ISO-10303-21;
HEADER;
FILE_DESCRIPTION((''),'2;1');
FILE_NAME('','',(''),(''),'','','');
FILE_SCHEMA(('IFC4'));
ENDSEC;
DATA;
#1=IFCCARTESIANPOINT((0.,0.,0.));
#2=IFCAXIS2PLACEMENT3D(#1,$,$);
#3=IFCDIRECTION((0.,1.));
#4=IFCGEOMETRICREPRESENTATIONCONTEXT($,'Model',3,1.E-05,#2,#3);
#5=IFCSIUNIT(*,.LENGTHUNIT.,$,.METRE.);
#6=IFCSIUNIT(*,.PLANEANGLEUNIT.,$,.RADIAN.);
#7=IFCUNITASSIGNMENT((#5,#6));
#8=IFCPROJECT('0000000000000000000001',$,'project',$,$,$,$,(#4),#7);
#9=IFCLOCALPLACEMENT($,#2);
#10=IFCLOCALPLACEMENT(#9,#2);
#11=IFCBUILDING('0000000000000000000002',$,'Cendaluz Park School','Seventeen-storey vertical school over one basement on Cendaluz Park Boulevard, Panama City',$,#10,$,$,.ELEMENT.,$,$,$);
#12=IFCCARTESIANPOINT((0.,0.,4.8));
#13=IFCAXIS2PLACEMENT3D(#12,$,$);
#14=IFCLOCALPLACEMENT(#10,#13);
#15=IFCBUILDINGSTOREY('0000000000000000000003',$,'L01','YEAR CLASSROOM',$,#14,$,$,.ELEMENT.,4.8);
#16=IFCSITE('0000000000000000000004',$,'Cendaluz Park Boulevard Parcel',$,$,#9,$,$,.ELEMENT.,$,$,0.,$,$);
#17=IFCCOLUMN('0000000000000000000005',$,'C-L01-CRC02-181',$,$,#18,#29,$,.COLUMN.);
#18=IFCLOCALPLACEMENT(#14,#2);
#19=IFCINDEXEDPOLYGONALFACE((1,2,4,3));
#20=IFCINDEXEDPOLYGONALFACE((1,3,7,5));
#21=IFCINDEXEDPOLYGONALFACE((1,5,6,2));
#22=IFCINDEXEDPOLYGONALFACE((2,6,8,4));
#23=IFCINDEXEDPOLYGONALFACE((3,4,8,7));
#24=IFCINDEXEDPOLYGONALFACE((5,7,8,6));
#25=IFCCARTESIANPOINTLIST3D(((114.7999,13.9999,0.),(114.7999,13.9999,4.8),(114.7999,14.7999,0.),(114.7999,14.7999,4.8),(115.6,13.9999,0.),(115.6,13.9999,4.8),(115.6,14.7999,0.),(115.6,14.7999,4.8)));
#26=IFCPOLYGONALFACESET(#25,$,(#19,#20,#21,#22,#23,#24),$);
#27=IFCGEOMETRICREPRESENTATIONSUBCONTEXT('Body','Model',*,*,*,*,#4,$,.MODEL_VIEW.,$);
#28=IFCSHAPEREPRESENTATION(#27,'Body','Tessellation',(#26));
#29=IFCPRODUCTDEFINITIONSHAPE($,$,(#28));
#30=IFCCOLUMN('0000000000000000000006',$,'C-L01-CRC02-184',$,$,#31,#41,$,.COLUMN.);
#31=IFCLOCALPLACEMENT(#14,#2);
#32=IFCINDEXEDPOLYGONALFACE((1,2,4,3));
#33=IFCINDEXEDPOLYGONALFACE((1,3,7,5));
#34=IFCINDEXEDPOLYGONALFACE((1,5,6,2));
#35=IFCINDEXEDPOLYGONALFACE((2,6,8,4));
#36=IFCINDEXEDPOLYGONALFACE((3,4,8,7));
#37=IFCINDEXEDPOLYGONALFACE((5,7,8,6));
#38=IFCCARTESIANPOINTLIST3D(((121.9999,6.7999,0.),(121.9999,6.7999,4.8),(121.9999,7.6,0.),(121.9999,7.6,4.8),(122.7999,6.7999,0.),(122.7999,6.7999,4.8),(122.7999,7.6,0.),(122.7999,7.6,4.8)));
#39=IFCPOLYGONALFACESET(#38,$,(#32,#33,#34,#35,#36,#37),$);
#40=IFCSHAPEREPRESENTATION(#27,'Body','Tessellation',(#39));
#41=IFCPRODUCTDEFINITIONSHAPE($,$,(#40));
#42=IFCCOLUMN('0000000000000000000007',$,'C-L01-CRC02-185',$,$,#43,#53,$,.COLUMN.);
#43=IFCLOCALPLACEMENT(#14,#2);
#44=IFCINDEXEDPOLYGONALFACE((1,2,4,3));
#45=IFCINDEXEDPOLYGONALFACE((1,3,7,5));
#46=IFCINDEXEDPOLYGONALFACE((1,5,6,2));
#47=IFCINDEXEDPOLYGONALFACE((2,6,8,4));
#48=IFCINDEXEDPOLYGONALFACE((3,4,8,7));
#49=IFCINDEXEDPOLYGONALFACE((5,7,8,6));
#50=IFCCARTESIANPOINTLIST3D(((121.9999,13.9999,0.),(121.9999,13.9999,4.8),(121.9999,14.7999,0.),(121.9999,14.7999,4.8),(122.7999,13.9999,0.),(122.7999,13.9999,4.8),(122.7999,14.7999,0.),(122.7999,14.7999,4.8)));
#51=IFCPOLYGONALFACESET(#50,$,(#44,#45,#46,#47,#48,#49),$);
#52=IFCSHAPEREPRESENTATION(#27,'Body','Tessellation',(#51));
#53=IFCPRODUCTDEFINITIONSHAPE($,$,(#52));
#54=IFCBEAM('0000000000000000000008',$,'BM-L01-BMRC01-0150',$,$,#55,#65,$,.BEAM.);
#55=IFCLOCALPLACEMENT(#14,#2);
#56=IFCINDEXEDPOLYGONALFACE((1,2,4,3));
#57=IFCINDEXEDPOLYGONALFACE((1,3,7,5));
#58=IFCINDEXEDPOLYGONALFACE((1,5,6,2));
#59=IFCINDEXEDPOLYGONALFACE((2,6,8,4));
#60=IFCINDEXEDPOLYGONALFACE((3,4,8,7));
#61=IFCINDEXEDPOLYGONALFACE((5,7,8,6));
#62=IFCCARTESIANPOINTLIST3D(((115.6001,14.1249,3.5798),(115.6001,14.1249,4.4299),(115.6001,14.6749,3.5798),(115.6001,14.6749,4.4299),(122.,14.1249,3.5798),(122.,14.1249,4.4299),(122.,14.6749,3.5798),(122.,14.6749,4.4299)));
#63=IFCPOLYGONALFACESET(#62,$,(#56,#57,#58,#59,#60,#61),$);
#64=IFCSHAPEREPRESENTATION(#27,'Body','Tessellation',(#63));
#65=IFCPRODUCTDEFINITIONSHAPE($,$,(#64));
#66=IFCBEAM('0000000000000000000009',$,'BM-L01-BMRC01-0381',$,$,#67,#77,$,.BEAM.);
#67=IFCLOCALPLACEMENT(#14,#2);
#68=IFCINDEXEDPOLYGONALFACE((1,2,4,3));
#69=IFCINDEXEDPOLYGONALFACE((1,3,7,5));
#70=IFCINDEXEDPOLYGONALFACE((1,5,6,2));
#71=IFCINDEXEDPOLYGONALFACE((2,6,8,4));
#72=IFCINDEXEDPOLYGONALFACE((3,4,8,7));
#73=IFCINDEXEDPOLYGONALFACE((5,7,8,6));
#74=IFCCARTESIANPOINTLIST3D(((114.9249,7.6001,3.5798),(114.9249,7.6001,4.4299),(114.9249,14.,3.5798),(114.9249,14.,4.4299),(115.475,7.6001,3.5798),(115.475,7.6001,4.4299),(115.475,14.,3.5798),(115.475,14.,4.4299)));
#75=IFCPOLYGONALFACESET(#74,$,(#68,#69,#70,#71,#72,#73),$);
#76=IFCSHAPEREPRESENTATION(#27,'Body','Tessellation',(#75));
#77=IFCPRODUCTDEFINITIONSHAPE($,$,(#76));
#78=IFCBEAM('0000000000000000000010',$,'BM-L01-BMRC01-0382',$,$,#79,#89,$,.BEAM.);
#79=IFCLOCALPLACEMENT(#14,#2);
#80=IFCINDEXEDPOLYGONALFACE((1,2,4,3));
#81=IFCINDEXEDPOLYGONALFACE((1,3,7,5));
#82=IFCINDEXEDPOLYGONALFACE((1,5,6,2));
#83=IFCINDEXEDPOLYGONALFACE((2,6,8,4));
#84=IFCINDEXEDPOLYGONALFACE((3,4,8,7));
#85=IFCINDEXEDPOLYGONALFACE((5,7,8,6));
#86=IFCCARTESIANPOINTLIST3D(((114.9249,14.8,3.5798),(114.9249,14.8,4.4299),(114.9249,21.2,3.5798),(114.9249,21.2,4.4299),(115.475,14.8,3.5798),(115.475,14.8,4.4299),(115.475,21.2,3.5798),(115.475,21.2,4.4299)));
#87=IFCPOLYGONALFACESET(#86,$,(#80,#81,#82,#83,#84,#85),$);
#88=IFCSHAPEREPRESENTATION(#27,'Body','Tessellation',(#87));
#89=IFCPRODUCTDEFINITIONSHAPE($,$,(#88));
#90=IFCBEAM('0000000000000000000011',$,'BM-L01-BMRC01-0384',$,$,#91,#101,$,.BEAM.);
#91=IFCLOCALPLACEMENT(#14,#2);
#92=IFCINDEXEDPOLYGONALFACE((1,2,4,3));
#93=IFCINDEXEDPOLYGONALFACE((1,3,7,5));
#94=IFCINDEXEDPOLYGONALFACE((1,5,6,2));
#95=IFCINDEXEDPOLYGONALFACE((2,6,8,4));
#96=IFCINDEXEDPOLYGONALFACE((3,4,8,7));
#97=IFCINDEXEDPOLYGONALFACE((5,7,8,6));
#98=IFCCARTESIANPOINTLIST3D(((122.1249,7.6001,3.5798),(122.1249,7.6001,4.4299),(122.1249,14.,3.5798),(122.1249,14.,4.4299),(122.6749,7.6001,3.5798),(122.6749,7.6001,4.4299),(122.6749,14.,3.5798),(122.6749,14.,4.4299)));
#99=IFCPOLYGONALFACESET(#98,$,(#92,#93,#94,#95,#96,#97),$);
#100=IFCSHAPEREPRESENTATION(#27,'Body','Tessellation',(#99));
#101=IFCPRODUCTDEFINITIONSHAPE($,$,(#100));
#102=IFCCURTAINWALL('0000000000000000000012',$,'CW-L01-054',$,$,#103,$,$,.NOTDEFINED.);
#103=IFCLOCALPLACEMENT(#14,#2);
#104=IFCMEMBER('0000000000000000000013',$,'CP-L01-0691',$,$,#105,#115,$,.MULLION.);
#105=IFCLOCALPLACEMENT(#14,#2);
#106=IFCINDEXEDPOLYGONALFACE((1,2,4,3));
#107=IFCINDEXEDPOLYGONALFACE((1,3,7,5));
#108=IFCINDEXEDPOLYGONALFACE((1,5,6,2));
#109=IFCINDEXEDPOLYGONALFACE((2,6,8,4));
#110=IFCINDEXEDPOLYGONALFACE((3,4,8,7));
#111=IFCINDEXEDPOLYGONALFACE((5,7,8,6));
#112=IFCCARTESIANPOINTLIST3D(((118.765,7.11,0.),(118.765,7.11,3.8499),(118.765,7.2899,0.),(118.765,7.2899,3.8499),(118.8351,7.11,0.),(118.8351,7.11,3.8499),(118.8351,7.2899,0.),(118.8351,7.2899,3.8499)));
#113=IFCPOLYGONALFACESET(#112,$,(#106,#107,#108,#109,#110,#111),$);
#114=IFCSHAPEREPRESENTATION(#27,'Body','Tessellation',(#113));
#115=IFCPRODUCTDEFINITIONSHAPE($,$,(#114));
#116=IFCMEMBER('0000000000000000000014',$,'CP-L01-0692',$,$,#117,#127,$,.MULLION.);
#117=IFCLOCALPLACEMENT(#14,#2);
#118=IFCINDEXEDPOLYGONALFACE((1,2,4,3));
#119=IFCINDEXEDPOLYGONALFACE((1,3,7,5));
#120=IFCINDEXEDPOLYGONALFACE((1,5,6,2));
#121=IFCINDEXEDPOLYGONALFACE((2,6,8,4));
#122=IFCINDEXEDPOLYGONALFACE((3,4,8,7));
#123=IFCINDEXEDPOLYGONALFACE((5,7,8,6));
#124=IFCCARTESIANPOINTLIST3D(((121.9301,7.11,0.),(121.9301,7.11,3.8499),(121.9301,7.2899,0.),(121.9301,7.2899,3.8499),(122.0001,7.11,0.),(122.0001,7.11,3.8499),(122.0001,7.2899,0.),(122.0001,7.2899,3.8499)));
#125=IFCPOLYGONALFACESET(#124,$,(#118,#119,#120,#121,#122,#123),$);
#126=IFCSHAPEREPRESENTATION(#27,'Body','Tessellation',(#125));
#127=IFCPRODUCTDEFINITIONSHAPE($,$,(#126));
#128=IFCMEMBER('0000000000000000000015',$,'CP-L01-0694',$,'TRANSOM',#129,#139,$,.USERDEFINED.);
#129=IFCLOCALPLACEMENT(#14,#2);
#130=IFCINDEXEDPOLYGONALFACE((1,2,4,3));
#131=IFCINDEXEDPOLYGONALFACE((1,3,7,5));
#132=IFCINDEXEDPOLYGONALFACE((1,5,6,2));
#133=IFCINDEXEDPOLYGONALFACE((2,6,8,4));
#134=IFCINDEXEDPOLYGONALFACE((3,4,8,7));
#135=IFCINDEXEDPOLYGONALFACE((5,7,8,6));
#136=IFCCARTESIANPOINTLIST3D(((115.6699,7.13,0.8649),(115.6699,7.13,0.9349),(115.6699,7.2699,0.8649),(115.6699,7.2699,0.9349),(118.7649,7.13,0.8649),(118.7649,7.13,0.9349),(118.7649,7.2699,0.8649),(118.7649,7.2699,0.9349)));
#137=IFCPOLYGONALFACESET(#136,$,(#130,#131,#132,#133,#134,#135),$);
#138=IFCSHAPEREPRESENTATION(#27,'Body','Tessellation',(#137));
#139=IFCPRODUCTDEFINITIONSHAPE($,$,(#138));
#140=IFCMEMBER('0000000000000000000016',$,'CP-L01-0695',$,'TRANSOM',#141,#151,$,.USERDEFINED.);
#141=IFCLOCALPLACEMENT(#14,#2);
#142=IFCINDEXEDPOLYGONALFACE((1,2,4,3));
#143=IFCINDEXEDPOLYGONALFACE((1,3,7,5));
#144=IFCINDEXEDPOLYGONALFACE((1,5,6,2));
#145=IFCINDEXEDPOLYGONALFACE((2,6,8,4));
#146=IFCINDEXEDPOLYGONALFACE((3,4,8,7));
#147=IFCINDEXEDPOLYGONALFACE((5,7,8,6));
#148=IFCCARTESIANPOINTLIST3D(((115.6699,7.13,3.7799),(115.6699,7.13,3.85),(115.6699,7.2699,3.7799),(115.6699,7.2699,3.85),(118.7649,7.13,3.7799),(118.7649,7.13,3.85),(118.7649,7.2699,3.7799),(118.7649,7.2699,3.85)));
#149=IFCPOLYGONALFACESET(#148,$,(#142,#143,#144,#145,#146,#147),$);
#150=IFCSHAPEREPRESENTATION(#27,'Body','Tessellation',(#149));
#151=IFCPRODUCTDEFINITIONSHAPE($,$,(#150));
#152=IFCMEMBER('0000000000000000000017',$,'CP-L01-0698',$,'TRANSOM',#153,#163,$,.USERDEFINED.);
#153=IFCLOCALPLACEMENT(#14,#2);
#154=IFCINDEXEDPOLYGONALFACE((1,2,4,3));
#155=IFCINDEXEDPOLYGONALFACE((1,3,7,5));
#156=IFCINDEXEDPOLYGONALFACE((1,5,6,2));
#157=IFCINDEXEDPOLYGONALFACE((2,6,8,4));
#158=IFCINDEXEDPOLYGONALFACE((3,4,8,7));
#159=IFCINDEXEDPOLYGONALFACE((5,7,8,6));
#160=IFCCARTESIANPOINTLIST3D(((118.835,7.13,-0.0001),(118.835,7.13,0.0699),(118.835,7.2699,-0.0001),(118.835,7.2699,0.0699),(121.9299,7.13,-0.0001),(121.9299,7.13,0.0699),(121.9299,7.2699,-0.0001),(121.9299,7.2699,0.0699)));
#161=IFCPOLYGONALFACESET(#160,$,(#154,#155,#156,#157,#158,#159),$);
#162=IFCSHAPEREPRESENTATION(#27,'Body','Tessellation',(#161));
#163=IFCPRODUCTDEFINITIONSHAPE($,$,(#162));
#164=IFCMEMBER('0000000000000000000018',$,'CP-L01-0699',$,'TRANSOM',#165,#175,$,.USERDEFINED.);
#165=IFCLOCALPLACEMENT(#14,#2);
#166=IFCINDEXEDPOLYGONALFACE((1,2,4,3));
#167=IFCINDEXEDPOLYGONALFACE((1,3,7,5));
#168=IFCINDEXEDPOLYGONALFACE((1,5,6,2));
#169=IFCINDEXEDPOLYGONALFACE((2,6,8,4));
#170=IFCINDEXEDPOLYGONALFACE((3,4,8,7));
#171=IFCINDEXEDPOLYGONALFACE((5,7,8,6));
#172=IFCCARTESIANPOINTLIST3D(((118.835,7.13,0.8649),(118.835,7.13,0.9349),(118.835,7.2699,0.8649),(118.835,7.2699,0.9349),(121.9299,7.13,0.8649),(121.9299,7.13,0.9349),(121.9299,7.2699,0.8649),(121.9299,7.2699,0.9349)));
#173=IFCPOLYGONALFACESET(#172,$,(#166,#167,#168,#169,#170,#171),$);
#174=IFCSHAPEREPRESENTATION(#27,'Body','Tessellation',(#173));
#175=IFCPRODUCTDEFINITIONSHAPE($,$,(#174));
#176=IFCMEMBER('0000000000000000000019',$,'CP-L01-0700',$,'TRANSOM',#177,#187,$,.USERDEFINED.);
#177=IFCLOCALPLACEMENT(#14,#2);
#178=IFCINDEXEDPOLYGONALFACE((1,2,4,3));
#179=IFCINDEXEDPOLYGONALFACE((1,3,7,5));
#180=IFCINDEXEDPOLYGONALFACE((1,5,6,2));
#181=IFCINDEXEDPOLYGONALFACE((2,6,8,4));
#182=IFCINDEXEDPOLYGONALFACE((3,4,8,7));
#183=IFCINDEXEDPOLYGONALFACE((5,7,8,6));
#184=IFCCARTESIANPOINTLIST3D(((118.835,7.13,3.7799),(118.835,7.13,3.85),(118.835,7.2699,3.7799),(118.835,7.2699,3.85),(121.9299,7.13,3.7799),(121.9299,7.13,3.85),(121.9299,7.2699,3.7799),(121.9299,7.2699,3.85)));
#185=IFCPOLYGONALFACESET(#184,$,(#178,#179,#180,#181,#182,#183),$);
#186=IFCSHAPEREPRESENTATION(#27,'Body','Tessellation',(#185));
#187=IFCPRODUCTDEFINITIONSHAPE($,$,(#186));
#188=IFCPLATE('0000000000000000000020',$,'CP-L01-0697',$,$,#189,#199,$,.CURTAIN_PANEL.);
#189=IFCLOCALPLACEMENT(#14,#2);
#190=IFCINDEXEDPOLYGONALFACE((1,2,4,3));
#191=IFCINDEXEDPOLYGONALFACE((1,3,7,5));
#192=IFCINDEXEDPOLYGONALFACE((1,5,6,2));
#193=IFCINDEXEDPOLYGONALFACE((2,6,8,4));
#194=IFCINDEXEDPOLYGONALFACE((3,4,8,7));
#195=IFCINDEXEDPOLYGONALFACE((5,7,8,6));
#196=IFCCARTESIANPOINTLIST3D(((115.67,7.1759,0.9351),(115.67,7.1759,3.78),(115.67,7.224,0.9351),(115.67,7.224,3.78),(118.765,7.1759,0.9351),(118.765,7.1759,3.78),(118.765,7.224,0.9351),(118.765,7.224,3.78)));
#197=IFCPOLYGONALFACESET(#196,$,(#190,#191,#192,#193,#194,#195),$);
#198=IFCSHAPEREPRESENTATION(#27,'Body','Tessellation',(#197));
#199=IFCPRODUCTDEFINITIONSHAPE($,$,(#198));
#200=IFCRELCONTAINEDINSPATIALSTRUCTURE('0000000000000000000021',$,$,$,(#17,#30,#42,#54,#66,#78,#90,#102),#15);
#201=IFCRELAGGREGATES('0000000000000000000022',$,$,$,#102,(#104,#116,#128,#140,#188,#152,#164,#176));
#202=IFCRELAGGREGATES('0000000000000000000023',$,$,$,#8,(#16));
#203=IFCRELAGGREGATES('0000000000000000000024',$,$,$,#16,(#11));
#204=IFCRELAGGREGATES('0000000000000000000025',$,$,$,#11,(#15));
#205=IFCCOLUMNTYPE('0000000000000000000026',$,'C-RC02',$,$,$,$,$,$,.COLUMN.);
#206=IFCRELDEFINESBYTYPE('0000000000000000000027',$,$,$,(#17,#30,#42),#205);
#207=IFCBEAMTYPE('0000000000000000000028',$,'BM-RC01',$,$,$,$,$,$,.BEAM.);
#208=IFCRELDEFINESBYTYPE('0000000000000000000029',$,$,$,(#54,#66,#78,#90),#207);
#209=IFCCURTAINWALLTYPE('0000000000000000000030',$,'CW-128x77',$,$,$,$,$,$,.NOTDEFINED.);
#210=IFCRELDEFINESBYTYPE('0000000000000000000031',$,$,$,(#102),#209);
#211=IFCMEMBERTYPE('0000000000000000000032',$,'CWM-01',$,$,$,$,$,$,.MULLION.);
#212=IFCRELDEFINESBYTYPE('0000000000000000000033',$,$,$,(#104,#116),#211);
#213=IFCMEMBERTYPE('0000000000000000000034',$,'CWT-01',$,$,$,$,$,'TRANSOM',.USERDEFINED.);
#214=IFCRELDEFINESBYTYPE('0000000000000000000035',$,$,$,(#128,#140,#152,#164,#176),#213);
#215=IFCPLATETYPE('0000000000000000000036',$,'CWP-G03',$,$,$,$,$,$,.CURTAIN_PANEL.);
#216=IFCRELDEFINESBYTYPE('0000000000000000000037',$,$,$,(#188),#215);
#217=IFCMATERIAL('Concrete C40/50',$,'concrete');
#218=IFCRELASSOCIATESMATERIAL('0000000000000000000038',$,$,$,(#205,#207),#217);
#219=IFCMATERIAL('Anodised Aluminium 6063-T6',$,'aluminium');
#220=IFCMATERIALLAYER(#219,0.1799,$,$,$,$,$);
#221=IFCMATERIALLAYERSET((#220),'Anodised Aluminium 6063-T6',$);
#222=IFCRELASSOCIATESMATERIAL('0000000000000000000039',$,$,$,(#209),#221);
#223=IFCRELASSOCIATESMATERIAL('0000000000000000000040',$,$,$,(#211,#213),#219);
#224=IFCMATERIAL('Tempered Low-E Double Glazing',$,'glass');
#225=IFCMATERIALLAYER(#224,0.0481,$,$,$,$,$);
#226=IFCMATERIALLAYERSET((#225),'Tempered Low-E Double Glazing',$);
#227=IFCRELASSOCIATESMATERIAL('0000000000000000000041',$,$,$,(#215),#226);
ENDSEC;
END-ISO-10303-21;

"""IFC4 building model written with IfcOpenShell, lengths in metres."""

from ifc_helpers import new_model, si_unit, direction, frame, origin, origin_2d, place, context, subcontext, project, spatial, rectangle, extrude, material, layer, layer_set, material_profile, profile_set, type_object, element, aggregate, save


model = new_model("IFC4")

# Units and contexts
model_context = context("Model", 3, precision=1e-05, world=origin(), true_north=direction((0.0, 1.0)))
body_context = subcontext(model_context, "Body", "Model", "MODEL_VIEW")
ifc_project = project(units=[si_unit("LENGTHUNIT", "METRE"), si_unit("PLANEANGLEUNIT", "RADIAN")], contexts=[model_context])

# Site, building, storey
site_placement = place(None, origin())
site = spatial("IfcSite", under=ifc_project, at=site_placement, Name="Cendaluz Park Boulevard Parcel", CompositionType="ELEMENT", RefElevation=0.0)
building_placement = place(site_placement, origin())
building = spatial("IfcBuilding", under=site, at=building_placement, Name="Cendaluz Park School", Description="Seventeen-storey vertical school over one basement on Cendaluz Park Boulevard, Panama City", CompositionType="ELEMENT")
storey_placement = place(building_placement, frame((0.0, 0.0, 4.8)))
storey = spatial("IfcBuildingStorey", under=building, at=storey_placement, Name="L01", Description="YEAR CLASSROOM", CompositionType="ELEMENT", Elevation=4.8)

# Columns
ifc_material_1 = material(Name="Concrete C40/50", Category="concrete")
ifc_material_profile_1 = material_profile(ifc_material_1, rectangle(XDim=0.8, YDim=0.8, at=origin_2d()), Name="RC 800x800", Category="concrete")
ifc_profile_set_1 = profile_set([ifc_material_profile_1], Name="Concrete C40/50")
column_type = type_object("IfcColumnType", Name="C-RC02", PredefinedType="COLUMN", material=ifc_profile_set_1)
for number, where, z_axis, x_axis, name in (
    (1, (115.2, 14.3999, 0.0), (0.0, 0.0, 1.0), (1.0, 0.0, 0.0), "C-L01-CRC02-181"),
    (2, (122.3999, 7.2, 0.0), (0.0, 0.0, 1.0), (1.0, 0.0, 0.0), "C-L01-CRC02-184"),
    (3, (122.3999, 14.3999, 0.0), (0.0, 0.0, 1.0), (1.0, 0.0, 0.0), "C-L01-CRC02-185"),
):
    element("IfcColumn", number, at=place(storey_placement, frame(where, z_axis=z_axis, x_axis=x_axis)), inside=storey, type_object=column_type, Name=name, PredefinedType="COLUMN", context=body_context, shape_type="SweptSolid", body=[
        extrude(rectangle(XDim=0.8, YDim=0.8, at=origin_2d()), origin(), (0.0, 0.0, 1.0), 4.8),
    ])

# Beams
ifc_material_profile_2 = material_profile(ifc_material_1, rectangle(XDim=0.55, YDim=0.8501, at=origin_2d()), Name="RC 550x850", Category="concrete")
ifc_profile_set_2 = profile_set([ifc_material_profile_2], Name="Concrete C40/50")
beam_type = type_object("IfcBeamType", Name="BM-RC01", PredefinedType="BEAM", material=ifc_profile_set_2)
for number, where, z_axis, x_axis, name in (
    (4, (115.6001, 14.3999, 4.0049), (1.0, 0.0, 0.0), (0.0, 1.0, 0.0), "BM-L01-BMRC01-0150"),
    (5, (115.2, 7.6001, 4.0049), (0.0, 1.0, 0.0), (-1.0, 0.0, 0.0), "BM-L01-BMRC01-0381"),
    (6, (115.2, 14.8, 4.0049), (0.0, 1.0, 0.0), (-1.0, 0.0, 0.0), "BM-L01-BMRC01-0382"),
    (7, (122.3999, 7.6001, 4.0049), (0.0, 1.0, 0.0), (-1.0, 0.0, 0.0), "BM-L01-BMRC01-0384"),
):
    element("IfcBeam", number, at=place(storey_placement, frame(where, z_axis=z_axis, x_axis=x_axis)), inside=storey, type_object=beam_type, Name=name, PredefinedType="BEAM", context=body_context, shape_type="SweptSolid", body=[
        extrude(rectangle(XDim=0.55, YDim=0.8501, at=origin_2d()), origin(), (0.0, 0.0, 1.0), 6.3999),
    ])

# Curtain wall, members, plate
ifc_material_2 = material(Name="Anodised Aluminium 6063-T6", Category="aluminium")
ifc_layer_1 = layer(ifc_material_2, 0.1799)
ifc_layer_set_1 = layer_set([ifc_layer_1], Name="Anodised Aluminium 6063-T6")
curtain_wall_type = type_object("IfcCurtainWallType", Name="CW-128x77", PredefinedType="NOTDEFINED", material=ifc_layer_set_1)
curtain_wall_placement = place(storey_placement, origin())
curtain_wall = element("IfcCurtainWall", 8, at=curtain_wall_placement, inside=storey, type_object=curtain_wall_type, Name="CW-L01-054", PredefinedType="NOTDEFINED")
ifc_material_profile_3 = material_profile(ifc_material_2, rectangle(XDim=0.1799, YDim=0.0701, at=origin_2d()), Name="CWM 180x70", Category="aluminium")
ifc_profile_set_3 = profile_set([ifc_material_profile_3], Name="Anodised Aluminium 6063-T6")
member_type_1 = type_object("IfcMemberType", Name="CWM-01", PredefinedType="MULLION", material=ifc_profile_set_3)
member_1_placement = place(storey_placement, frame((118.8, 7.2, 0.0), z_axis=(0.0, 0.0, 1.0), x_axis=(0.0, 1.0, 0.0)))
member_1 = element("IfcMember", 9, at=member_1_placement, type_object=member_type_1, Name="CP-L01-0691", PredefinedType="MULLION", context=body_context, shape_type="SweptSolid", body=[
    extrude(rectangle(XDim=0.1799, YDim=0.0701, at=origin_2d()), origin(), (0.0, 0.0, 1.0), 3.8499),
])
member_2_placement = place(storey_placement, frame((121.9651, 7.2, 0.0), z_axis=(0.0, 0.0, 1.0), x_axis=(0.0, 1.0, 0.0)))
member_2 = element("IfcMember", 10, at=member_2_placement, type_object=member_type_1, Name="CP-L01-0692", PredefinedType="MULLION", context=body_context, shape_type="SweptSolid", body=[
    extrude(rectangle(XDim=0.1799, YDim=0.0701, at=origin_2d()), origin(), (0.0, 0.0, 1.0), 3.8499),
])
ifc_material_profile_4 = material_profile(ifc_material_2, rectangle(XDim=0.1399, YDim=0.0701, at=origin_2d()), Name="CWT 140x70", Category="aluminium")
ifc_profile_set_4 = profile_set([ifc_material_profile_4], Name="Anodised Aluminium 6063-T6")
member_type_2 = type_object("IfcMemberType", Name="CWT-01", ElementType="TRANSOM", PredefinedType="USERDEFINED", material=ifc_profile_set_4)
member_3_placement = place(storey_placement, frame((115.6699, 7.2, 0.8999), z_axis=(1.0, 0.0, 0.0), x_axis=(0.0, 1.0, 0.0)))
member_3 = element("IfcMember", 11, at=member_3_placement, type_object=member_type_2, Name="CP-L01-0694", ObjectType="TRANSOM", PredefinedType="USERDEFINED", context=body_context, shape_type="SweptSolid", body=[
    extrude(rectangle(XDim=0.1399, YDim=0.0701, at=origin_2d()), origin(), (0.0, 0.0, 1.0), 3.095),
])
member_4_placement = place(storey_placement, frame((115.6699, 7.2, 3.8149), z_axis=(1.0, 0.0, 0.0), x_axis=(0.0, 1.0, 0.0)))
member_4 = element("IfcMember", 12, at=member_4_placement, type_object=member_type_2, Name="CP-L01-0695", ObjectType="TRANSOM", PredefinedType="USERDEFINED", context=body_context, shape_type="SweptSolid", body=[
    extrude(rectangle(XDim=0.1399, YDim=0.0701, at=origin_2d()), origin(), (0.0, 0.0, 1.0), 3.095),
])
member_5_placement = place(storey_placement, frame((118.835, 7.2, 0.0349), z_axis=(1.0, 0.0, 0.0), x_axis=(0.0, 1.0, 0.0)))
member_5 = element("IfcMember", 13, at=member_5_placement, type_object=member_type_2, Name="CP-L01-0698", ObjectType="TRANSOM", PredefinedType="USERDEFINED", context=body_context, shape_type="SweptSolid", body=[
    extrude(rectangle(XDim=0.1399, YDim=0.0701, at=origin_2d()), origin(), (0.0, 0.0, 1.0), 3.095),
])
member_6_placement = place(storey_placement, frame((118.835, 7.2, 0.8999), z_axis=(1.0, 0.0, 0.0), x_axis=(0.0, 1.0, 0.0)))
member_6 = element("IfcMember", 14, at=member_6_placement, type_object=member_type_2, Name="CP-L01-0699", ObjectType="TRANSOM", PredefinedType="USERDEFINED", context=body_context, shape_type="SweptSolid", body=[
    extrude(rectangle(XDim=0.1399, YDim=0.0701, at=origin_2d()), origin(), (0.0, 0.0, 1.0), 3.095),
])
member_7_placement = place(storey_placement, frame((118.835, 7.2, 3.8149), z_axis=(1.0, 0.0, 0.0), x_axis=(0.0, 1.0, 0.0)))
member_7 = element("IfcMember", 15, at=member_7_placement, type_object=member_type_2, Name="CP-L01-0700", ObjectType="TRANSOM", PredefinedType="USERDEFINED", context=body_context, shape_type="SweptSolid", body=[
    extrude(rectangle(XDim=0.1399, YDim=0.0701, at=origin_2d()), origin(), (0.0, 0.0, 1.0), 3.095),
])
ifc_material_3 = material(Name="Tempered Low-E Double Glazing", Category="glass")
ifc_layer_2 = layer(ifc_material_3, 0.0481)
ifc_layer_set_2 = layer_set([ifc_layer_2], Name="Tempered Low-E Double Glazing")
plate_type_1 = type_object("IfcPlateType", Name="CWP-G03", PredefinedType="CURTAIN_PANEL", material=ifc_layer_set_2)
plate_1_placement = place(storey_placement, frame((117.2175, 7.2, 0.9351), z_axis=(0.0, 0.0, 1.0), x_axis=(1.0, 0.0, 0.0)))
plate_1 = element("IfcPlate", 16, at=plate_1_placement, type_object=plate_type_1, Name="CP-L01-0697", PredefinedType="CURTAIN_PANEL", context=body_context, shape_type="SweptSolid", body=[
    extrude(rectangle(XDim=3.095, YDim=0.0481, at=origin_2d()), origin(), (0.0, 0.0, 1.0), 2.845),
])
aggregate(curtain_wall, [member_1, member_2, member_3, member_4, plate_1, member_5, member_6, member_7])

save(model, "model.ifc")
